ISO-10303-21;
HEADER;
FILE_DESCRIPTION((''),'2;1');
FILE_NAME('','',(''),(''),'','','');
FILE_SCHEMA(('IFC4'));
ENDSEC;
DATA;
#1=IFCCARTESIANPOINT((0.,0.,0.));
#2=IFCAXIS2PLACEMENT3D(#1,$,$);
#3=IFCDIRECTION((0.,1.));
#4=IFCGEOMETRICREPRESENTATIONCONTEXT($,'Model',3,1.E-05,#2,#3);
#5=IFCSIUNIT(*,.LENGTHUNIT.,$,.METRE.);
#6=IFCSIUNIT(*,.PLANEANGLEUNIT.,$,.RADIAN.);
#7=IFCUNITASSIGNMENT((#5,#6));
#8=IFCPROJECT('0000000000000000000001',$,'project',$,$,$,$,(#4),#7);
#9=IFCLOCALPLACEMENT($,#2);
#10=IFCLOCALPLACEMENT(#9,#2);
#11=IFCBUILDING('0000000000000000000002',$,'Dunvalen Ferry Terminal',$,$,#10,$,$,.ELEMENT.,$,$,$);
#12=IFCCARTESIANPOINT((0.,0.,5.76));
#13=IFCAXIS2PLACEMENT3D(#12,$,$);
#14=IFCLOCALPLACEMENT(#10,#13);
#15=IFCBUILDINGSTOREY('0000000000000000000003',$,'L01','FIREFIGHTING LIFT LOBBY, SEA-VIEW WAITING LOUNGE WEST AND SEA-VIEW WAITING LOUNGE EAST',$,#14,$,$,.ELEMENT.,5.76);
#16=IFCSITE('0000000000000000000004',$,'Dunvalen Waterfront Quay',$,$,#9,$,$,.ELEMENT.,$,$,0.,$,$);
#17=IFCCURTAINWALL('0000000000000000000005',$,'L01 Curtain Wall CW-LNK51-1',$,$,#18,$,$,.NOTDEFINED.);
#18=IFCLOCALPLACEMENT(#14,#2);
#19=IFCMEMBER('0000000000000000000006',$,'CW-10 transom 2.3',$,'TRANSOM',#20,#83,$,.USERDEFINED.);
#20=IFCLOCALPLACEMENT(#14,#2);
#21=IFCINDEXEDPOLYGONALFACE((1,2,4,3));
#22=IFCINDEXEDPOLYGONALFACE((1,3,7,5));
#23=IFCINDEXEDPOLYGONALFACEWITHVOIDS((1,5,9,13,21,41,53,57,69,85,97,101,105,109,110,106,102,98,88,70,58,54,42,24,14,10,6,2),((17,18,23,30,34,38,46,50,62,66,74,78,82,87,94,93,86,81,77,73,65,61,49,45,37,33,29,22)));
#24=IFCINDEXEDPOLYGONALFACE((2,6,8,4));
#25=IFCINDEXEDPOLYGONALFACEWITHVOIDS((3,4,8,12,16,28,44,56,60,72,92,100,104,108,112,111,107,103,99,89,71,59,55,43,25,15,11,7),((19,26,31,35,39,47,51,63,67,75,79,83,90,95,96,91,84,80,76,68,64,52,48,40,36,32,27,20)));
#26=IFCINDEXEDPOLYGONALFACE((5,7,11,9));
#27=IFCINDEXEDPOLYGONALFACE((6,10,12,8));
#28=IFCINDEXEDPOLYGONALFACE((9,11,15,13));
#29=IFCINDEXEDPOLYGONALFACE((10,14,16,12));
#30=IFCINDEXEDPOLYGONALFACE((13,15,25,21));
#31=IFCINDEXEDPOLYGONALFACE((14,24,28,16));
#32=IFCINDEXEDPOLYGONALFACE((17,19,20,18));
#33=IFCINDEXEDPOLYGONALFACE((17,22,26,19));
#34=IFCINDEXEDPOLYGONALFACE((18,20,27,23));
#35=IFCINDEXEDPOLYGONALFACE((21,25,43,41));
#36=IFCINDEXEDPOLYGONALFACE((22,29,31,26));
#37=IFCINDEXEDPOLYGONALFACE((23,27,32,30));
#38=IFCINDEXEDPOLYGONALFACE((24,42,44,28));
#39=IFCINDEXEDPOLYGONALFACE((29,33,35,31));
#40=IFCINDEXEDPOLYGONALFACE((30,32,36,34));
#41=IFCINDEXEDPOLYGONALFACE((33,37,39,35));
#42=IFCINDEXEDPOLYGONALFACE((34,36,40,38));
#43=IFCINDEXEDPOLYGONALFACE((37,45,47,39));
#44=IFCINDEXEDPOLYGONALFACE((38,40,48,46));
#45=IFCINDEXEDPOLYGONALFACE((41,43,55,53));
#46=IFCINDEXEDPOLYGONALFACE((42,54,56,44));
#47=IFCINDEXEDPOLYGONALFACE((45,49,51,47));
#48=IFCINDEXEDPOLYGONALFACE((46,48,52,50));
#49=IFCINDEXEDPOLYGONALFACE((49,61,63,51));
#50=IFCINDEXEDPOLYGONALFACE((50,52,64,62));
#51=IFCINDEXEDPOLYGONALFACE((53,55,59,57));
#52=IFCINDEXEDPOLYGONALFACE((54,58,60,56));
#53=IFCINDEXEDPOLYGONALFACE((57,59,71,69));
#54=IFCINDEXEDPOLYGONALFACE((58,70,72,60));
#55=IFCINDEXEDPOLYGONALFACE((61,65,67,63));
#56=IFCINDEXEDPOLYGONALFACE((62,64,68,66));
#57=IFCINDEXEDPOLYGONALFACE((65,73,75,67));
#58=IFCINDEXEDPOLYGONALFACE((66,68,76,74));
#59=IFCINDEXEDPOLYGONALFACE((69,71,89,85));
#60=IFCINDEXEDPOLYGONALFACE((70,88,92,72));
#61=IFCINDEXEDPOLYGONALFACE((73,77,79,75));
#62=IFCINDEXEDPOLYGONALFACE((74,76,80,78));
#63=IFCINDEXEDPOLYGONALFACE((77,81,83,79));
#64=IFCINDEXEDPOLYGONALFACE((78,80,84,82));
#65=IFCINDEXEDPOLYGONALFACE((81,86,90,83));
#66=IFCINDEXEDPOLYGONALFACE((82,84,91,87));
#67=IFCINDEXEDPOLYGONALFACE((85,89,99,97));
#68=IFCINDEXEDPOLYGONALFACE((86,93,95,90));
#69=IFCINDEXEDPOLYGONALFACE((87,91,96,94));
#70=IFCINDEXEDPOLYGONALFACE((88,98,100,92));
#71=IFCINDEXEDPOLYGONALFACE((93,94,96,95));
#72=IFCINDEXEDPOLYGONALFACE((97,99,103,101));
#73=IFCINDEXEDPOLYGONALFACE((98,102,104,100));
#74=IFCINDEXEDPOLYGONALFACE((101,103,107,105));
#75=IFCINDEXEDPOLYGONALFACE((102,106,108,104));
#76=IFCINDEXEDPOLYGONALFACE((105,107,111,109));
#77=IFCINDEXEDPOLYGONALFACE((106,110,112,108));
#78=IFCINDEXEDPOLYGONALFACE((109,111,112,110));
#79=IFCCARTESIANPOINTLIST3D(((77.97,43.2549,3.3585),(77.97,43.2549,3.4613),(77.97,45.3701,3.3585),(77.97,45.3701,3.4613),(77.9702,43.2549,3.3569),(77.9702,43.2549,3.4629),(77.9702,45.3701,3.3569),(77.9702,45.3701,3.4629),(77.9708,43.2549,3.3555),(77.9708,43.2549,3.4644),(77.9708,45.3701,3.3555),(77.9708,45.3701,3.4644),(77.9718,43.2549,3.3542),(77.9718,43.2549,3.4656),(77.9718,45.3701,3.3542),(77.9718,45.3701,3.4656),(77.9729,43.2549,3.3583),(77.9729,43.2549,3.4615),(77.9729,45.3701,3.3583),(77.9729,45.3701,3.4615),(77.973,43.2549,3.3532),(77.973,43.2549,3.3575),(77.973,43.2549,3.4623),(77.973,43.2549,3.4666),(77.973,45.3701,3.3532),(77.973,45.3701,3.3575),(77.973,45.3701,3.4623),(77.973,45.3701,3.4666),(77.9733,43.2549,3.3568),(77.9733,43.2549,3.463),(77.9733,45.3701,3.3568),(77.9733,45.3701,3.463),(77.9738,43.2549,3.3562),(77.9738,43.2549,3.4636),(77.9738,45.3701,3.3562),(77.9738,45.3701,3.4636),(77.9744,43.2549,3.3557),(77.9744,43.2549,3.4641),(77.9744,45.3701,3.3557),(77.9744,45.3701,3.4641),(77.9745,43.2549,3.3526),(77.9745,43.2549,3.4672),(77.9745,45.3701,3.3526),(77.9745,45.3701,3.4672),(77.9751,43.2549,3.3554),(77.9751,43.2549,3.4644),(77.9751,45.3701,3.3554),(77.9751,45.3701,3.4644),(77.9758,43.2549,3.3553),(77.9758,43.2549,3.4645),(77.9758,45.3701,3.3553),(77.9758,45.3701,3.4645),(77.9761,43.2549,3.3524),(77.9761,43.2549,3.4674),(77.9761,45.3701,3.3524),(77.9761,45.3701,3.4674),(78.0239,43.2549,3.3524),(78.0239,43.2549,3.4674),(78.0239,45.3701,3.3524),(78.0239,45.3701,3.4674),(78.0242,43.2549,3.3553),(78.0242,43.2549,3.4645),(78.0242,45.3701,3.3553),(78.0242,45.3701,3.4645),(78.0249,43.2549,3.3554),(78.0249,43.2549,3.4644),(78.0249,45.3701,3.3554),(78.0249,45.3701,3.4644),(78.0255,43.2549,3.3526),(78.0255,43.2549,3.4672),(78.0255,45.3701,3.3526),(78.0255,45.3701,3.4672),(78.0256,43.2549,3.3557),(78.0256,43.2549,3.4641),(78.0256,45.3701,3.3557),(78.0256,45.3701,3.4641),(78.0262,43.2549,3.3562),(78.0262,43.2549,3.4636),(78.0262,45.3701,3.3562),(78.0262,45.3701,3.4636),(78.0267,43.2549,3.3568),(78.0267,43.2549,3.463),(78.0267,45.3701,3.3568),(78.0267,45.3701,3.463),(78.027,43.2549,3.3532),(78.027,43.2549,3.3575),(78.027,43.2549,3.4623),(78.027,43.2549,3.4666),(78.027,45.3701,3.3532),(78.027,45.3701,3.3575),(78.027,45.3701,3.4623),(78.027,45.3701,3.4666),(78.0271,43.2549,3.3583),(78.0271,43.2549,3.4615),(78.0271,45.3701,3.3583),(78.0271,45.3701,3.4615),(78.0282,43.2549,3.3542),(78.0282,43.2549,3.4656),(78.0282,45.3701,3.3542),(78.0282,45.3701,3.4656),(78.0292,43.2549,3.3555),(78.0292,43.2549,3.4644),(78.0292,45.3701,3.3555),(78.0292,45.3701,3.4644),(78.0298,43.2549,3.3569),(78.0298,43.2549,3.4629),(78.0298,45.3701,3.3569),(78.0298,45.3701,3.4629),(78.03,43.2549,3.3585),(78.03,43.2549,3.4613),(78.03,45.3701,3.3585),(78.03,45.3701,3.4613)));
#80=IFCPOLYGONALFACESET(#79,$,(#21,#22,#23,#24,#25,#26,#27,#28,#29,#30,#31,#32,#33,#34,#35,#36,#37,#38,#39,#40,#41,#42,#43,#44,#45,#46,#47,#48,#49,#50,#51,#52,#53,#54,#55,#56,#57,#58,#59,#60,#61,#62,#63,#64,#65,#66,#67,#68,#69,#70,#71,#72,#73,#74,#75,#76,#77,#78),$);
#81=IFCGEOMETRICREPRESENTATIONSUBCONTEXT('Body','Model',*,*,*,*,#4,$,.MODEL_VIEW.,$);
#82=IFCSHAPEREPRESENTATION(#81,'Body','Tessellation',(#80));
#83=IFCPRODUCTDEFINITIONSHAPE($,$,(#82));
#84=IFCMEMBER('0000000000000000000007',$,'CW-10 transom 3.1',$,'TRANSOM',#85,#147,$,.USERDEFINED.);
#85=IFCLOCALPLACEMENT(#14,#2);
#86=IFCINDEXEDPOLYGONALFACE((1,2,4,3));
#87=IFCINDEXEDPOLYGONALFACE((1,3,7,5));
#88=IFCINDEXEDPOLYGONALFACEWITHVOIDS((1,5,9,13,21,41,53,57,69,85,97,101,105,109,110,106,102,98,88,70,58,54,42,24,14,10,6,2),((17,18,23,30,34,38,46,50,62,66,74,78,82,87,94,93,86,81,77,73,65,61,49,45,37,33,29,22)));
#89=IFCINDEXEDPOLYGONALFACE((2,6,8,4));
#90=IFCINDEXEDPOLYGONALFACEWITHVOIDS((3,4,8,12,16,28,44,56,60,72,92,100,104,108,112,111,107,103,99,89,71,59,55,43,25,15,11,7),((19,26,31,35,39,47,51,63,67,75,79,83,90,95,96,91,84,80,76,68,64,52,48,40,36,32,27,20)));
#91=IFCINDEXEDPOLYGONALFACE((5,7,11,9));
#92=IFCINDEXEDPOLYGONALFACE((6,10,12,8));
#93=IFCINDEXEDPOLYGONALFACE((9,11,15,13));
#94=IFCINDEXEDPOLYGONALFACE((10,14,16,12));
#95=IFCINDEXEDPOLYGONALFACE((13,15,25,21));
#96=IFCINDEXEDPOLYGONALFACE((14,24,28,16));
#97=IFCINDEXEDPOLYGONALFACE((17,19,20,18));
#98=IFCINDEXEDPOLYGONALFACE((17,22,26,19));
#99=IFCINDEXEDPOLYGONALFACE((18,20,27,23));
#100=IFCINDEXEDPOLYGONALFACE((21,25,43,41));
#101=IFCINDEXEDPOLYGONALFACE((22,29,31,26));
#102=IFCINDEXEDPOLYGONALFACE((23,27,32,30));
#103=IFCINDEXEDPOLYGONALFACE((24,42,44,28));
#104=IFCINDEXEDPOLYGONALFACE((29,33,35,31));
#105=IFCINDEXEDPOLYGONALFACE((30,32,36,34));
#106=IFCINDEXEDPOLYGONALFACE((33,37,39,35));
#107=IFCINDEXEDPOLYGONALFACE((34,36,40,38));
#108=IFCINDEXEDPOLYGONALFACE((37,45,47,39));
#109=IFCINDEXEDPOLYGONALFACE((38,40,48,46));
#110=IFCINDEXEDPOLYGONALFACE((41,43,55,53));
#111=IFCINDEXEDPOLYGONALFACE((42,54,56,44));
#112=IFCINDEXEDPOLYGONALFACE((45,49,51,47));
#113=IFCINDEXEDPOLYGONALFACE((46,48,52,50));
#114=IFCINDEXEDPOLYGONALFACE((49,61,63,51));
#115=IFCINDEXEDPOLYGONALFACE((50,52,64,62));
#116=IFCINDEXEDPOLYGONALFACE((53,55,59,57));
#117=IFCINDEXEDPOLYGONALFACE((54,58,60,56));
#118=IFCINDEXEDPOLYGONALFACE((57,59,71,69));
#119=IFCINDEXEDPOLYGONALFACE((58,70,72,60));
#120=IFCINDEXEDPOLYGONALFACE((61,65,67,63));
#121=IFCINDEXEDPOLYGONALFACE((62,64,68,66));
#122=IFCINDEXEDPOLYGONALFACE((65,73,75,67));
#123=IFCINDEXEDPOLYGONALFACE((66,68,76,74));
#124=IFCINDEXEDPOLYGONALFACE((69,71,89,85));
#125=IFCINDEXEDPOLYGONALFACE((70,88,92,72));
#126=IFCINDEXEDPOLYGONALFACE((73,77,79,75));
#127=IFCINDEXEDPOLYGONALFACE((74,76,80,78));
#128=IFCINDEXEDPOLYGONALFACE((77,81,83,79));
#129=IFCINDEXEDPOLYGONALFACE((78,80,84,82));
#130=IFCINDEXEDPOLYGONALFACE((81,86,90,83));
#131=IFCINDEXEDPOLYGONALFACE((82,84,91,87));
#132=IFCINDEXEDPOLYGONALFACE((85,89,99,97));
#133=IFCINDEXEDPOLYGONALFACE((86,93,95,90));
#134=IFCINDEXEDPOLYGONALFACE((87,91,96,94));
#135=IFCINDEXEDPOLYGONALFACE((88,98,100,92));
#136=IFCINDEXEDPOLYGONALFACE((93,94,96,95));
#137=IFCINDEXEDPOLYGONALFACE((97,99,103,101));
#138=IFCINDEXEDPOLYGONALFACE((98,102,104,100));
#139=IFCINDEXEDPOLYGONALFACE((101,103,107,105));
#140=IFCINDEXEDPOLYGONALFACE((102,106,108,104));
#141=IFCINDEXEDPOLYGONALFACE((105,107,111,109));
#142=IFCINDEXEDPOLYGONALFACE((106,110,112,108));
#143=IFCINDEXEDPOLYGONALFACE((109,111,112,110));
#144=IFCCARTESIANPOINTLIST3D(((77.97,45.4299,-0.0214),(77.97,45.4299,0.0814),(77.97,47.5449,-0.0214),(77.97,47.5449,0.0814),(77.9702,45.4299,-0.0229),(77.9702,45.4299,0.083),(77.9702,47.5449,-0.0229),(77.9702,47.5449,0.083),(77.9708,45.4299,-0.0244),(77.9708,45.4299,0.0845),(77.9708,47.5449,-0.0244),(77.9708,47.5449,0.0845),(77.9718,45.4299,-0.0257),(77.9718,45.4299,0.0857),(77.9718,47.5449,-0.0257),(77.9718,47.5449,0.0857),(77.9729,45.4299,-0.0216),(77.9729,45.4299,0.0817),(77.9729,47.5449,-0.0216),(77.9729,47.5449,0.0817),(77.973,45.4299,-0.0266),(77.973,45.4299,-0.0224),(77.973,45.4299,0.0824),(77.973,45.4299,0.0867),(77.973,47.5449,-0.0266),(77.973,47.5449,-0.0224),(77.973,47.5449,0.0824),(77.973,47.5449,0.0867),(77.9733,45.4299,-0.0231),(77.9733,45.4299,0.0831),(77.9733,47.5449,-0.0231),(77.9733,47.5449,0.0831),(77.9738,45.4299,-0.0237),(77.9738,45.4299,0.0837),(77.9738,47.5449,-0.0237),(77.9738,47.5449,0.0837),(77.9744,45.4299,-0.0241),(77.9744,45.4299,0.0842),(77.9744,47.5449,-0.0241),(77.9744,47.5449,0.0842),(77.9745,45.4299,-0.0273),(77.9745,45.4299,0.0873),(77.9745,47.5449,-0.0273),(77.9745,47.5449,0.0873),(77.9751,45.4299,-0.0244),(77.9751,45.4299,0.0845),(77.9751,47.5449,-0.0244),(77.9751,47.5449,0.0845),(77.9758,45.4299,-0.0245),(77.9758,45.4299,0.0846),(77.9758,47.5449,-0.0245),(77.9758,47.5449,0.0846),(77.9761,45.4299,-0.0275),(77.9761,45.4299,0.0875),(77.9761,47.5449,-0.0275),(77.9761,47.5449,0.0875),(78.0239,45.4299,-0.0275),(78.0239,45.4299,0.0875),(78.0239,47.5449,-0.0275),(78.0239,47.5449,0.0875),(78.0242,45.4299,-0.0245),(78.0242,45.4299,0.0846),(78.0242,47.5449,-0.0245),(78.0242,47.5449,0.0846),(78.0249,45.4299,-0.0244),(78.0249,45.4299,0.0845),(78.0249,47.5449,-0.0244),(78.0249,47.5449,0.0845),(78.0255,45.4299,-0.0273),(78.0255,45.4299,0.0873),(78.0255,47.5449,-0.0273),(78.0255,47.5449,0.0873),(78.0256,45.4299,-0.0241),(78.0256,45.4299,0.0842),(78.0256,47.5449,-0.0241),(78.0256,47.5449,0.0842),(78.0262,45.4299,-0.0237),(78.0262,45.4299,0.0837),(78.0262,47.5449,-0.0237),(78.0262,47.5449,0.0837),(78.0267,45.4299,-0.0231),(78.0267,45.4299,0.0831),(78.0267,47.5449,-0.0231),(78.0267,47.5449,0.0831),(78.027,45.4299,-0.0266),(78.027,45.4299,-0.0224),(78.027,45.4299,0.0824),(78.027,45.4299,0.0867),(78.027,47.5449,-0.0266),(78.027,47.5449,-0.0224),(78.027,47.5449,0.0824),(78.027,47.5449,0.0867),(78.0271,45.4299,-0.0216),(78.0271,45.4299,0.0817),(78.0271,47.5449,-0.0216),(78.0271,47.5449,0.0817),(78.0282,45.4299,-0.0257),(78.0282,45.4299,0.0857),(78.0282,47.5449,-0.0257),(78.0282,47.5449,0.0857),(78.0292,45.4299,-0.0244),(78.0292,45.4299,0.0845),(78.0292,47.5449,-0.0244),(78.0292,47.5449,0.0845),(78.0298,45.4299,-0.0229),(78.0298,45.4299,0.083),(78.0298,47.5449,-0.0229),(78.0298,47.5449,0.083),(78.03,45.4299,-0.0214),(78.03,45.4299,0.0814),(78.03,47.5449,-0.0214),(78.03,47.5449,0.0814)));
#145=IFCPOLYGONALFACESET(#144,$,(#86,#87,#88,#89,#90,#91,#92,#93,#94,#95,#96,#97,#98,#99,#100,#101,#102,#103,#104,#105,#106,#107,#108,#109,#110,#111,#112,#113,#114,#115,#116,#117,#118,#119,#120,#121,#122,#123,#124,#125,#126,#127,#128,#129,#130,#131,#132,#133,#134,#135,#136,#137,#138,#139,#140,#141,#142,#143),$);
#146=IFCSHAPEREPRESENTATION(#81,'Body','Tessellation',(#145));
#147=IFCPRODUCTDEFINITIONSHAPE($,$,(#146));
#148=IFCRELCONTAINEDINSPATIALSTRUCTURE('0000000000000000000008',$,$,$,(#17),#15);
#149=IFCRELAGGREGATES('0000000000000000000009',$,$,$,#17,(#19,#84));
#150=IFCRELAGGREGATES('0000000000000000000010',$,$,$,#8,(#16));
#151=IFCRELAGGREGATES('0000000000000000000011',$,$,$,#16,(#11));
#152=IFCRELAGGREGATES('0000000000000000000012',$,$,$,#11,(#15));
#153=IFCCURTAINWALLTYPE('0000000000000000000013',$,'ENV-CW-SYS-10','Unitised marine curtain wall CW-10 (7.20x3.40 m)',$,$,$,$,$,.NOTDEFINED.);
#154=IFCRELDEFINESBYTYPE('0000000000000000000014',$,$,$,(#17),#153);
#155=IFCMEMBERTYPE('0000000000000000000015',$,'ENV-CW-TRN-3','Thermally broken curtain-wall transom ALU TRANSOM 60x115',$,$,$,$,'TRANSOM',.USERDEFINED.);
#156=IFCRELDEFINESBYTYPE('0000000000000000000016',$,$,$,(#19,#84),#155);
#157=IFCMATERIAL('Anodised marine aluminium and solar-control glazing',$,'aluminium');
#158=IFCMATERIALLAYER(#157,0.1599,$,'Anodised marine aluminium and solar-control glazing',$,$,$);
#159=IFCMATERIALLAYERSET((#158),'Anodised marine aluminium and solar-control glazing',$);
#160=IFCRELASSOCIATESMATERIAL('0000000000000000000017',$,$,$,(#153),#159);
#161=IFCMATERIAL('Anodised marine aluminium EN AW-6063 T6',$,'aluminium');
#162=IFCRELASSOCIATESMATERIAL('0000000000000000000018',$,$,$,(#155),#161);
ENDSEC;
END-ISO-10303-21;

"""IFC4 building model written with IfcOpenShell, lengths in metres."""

from ifc_helpers import new_model, si_unit, direction, frame, origin, origin_2d, place, context, subcontext, project, spatial, hollow_rectangle, extrude, material, layer, layer_set, material_profile, profile_set, type_object, element, aggregate, save


model = new_model("IFC4")

# Units and contexts
model_context = context("Model", 3, precision=1e-05, world=origin(), true_north=direction((0.0, 1.0)))
body_context = subcontext(model_context, "Body", "Model", "MODEL_VIEW")
ifc_project = project(units=[si_unit("LENGTHUNIT", "METRE"), si_unit("PLANEANGLEUNIT", "RADIAN")], contexts=[model_context])

# Site, building, storey
site_placement = place(None, origin())
site = spatial("IfcSite", under=ifc_project, at=site_placement, Name="Dunvalen Waterfront Quay", CompositionType="ELEMENT", RefElevation=0.0)
building_placement = place(site_placement, origin())
building = spatial("IfcBuilding", under=site, at=building_placement, Name="Dunvalen Ferry Terminal", CompositionType="ELEMENT")
storey_placement = place(building_placement, frame((0.0, 0.0, 5.76)))
storey = spatial("IfcBuildingStorey", under=building, at=storey_placement, Name="L01", Description="FIREFIGHTING LIFT LOBBY, SEA-VIEW WAITING LOUNGE WEST AND SEA-VIEW WAITING LOUNGE EAST", CompositionType="ELEMENT", Elevation=5.76)

# Curtain wall
ifc_material_1 = material(Name="Anodised marine aluminium and solar-control glazing", Category="aluminium")
ifc_layer_1 = layer(ifc_material_1, 0.1599, Name="Anodised marine aluminium and solar-control glazing")
ifc_layer_set_1 = layer_set([ifc_layer_1], Name="Anodised marine aluminium and solar-control glazing")
curtain_wall_type_1 = type_object("IfcCurtainWallType", Name="ENV-CW-SYS-10", Description="Unitised marine curtain wall CW-10 (7.20x3.40 m)", PredefinedType="NOTDEFINED", material=ifc_layer_set_1)
curtain_wall_1_placement = place(storey_placement, origin())
curtain_wall_1 = element("IfcCurtainWall", 1, at=curtain_wall_1_placement, inside=storey, type_object=curtain_wall_type_1, Name="L01 Curtain Wall CW-LNK51-1", PredefinedType="NOTDEFINED")
ifc_material_2 = material(Name="Anodised marine aluminium EN AW-6063 T6", Category="aluminium")

# Members
ifc_material_profile_1 = material_profile(ifc_material_2, hollow_rectangle(XDim=0.0601, YDim=0.115, WallThickness=0.0029, InnerFilletRadius=0.0029, OuterFilletRadius=0.0061, at=origin_2d()), Name="Anodised marine aluminium EN AW-6063 T6")
ifc_profile_set_1 = profile_set([ifc_material_profile_1], Name="Anodised marine aluminium EN AW-6063 T6")
member_type_1 = type_object("IfcMemberType", Name="ENV-CW-TRN-3", Description="Thermally broken curtain-wall transom ALU TRANSOM 60x115", ElementType="TRANSOM", PredefinedType="USERDEFINED", material=ifc_profile_set_1)
member_1_placement = place(storey_placement, frame((78.0, 43.2549, 3.4099), z_axis=(0.0, 1.0, 0.0), x_axis=(-1.0, 0.0, 0.0)))
member_1 = element("IfcMember", 2, at=member_1_placement, type_object=member_type_1, Name="CW-10 transom 2.3", ObjectType="TRANSOM", PredefinedType="USERDEFINED", context=body_context, shape_type="SweptSolid", body=[
    extrude(hollow_rectangle(XDim=0.0601, YDim=0.115, WallThickness=0.0029, InnerFilletRadius=0.0029, OuterFilletRadius=0.0061, at=origin_2d()), origin(), (0.0, 0.0, 1.0), 2.1152),
])
member_2_placement = place(storey_placement, frame((78.0, 45.4299, 0.03), z_axis=(0.0, 1.0, 0.0), x_axis=(-1.0, 0.0, 0.0)))
member_2 = element("IfcMember", 3, at=member_2_placement, type_object=member_type_1, Name="CW-10 transom 3.1", ObjectType="TRANSOM", PredefinedType="USERDEFINED", context=body_context, shape_type="SweptSolid", body=[
    extrude(hollow_rectangle(XDim=0.0601, YDim=0.115, WallThickness=0.0029, InnerFilletRadius=0.0029, OuterFilletRadius=0.0061, at=origin_2d()), origin(), (0.0, 0.0, 1.0), 2.115),
])

aggregate(curtain_wall_1, [member_1, member_2])

save(model, "model.ifc")
